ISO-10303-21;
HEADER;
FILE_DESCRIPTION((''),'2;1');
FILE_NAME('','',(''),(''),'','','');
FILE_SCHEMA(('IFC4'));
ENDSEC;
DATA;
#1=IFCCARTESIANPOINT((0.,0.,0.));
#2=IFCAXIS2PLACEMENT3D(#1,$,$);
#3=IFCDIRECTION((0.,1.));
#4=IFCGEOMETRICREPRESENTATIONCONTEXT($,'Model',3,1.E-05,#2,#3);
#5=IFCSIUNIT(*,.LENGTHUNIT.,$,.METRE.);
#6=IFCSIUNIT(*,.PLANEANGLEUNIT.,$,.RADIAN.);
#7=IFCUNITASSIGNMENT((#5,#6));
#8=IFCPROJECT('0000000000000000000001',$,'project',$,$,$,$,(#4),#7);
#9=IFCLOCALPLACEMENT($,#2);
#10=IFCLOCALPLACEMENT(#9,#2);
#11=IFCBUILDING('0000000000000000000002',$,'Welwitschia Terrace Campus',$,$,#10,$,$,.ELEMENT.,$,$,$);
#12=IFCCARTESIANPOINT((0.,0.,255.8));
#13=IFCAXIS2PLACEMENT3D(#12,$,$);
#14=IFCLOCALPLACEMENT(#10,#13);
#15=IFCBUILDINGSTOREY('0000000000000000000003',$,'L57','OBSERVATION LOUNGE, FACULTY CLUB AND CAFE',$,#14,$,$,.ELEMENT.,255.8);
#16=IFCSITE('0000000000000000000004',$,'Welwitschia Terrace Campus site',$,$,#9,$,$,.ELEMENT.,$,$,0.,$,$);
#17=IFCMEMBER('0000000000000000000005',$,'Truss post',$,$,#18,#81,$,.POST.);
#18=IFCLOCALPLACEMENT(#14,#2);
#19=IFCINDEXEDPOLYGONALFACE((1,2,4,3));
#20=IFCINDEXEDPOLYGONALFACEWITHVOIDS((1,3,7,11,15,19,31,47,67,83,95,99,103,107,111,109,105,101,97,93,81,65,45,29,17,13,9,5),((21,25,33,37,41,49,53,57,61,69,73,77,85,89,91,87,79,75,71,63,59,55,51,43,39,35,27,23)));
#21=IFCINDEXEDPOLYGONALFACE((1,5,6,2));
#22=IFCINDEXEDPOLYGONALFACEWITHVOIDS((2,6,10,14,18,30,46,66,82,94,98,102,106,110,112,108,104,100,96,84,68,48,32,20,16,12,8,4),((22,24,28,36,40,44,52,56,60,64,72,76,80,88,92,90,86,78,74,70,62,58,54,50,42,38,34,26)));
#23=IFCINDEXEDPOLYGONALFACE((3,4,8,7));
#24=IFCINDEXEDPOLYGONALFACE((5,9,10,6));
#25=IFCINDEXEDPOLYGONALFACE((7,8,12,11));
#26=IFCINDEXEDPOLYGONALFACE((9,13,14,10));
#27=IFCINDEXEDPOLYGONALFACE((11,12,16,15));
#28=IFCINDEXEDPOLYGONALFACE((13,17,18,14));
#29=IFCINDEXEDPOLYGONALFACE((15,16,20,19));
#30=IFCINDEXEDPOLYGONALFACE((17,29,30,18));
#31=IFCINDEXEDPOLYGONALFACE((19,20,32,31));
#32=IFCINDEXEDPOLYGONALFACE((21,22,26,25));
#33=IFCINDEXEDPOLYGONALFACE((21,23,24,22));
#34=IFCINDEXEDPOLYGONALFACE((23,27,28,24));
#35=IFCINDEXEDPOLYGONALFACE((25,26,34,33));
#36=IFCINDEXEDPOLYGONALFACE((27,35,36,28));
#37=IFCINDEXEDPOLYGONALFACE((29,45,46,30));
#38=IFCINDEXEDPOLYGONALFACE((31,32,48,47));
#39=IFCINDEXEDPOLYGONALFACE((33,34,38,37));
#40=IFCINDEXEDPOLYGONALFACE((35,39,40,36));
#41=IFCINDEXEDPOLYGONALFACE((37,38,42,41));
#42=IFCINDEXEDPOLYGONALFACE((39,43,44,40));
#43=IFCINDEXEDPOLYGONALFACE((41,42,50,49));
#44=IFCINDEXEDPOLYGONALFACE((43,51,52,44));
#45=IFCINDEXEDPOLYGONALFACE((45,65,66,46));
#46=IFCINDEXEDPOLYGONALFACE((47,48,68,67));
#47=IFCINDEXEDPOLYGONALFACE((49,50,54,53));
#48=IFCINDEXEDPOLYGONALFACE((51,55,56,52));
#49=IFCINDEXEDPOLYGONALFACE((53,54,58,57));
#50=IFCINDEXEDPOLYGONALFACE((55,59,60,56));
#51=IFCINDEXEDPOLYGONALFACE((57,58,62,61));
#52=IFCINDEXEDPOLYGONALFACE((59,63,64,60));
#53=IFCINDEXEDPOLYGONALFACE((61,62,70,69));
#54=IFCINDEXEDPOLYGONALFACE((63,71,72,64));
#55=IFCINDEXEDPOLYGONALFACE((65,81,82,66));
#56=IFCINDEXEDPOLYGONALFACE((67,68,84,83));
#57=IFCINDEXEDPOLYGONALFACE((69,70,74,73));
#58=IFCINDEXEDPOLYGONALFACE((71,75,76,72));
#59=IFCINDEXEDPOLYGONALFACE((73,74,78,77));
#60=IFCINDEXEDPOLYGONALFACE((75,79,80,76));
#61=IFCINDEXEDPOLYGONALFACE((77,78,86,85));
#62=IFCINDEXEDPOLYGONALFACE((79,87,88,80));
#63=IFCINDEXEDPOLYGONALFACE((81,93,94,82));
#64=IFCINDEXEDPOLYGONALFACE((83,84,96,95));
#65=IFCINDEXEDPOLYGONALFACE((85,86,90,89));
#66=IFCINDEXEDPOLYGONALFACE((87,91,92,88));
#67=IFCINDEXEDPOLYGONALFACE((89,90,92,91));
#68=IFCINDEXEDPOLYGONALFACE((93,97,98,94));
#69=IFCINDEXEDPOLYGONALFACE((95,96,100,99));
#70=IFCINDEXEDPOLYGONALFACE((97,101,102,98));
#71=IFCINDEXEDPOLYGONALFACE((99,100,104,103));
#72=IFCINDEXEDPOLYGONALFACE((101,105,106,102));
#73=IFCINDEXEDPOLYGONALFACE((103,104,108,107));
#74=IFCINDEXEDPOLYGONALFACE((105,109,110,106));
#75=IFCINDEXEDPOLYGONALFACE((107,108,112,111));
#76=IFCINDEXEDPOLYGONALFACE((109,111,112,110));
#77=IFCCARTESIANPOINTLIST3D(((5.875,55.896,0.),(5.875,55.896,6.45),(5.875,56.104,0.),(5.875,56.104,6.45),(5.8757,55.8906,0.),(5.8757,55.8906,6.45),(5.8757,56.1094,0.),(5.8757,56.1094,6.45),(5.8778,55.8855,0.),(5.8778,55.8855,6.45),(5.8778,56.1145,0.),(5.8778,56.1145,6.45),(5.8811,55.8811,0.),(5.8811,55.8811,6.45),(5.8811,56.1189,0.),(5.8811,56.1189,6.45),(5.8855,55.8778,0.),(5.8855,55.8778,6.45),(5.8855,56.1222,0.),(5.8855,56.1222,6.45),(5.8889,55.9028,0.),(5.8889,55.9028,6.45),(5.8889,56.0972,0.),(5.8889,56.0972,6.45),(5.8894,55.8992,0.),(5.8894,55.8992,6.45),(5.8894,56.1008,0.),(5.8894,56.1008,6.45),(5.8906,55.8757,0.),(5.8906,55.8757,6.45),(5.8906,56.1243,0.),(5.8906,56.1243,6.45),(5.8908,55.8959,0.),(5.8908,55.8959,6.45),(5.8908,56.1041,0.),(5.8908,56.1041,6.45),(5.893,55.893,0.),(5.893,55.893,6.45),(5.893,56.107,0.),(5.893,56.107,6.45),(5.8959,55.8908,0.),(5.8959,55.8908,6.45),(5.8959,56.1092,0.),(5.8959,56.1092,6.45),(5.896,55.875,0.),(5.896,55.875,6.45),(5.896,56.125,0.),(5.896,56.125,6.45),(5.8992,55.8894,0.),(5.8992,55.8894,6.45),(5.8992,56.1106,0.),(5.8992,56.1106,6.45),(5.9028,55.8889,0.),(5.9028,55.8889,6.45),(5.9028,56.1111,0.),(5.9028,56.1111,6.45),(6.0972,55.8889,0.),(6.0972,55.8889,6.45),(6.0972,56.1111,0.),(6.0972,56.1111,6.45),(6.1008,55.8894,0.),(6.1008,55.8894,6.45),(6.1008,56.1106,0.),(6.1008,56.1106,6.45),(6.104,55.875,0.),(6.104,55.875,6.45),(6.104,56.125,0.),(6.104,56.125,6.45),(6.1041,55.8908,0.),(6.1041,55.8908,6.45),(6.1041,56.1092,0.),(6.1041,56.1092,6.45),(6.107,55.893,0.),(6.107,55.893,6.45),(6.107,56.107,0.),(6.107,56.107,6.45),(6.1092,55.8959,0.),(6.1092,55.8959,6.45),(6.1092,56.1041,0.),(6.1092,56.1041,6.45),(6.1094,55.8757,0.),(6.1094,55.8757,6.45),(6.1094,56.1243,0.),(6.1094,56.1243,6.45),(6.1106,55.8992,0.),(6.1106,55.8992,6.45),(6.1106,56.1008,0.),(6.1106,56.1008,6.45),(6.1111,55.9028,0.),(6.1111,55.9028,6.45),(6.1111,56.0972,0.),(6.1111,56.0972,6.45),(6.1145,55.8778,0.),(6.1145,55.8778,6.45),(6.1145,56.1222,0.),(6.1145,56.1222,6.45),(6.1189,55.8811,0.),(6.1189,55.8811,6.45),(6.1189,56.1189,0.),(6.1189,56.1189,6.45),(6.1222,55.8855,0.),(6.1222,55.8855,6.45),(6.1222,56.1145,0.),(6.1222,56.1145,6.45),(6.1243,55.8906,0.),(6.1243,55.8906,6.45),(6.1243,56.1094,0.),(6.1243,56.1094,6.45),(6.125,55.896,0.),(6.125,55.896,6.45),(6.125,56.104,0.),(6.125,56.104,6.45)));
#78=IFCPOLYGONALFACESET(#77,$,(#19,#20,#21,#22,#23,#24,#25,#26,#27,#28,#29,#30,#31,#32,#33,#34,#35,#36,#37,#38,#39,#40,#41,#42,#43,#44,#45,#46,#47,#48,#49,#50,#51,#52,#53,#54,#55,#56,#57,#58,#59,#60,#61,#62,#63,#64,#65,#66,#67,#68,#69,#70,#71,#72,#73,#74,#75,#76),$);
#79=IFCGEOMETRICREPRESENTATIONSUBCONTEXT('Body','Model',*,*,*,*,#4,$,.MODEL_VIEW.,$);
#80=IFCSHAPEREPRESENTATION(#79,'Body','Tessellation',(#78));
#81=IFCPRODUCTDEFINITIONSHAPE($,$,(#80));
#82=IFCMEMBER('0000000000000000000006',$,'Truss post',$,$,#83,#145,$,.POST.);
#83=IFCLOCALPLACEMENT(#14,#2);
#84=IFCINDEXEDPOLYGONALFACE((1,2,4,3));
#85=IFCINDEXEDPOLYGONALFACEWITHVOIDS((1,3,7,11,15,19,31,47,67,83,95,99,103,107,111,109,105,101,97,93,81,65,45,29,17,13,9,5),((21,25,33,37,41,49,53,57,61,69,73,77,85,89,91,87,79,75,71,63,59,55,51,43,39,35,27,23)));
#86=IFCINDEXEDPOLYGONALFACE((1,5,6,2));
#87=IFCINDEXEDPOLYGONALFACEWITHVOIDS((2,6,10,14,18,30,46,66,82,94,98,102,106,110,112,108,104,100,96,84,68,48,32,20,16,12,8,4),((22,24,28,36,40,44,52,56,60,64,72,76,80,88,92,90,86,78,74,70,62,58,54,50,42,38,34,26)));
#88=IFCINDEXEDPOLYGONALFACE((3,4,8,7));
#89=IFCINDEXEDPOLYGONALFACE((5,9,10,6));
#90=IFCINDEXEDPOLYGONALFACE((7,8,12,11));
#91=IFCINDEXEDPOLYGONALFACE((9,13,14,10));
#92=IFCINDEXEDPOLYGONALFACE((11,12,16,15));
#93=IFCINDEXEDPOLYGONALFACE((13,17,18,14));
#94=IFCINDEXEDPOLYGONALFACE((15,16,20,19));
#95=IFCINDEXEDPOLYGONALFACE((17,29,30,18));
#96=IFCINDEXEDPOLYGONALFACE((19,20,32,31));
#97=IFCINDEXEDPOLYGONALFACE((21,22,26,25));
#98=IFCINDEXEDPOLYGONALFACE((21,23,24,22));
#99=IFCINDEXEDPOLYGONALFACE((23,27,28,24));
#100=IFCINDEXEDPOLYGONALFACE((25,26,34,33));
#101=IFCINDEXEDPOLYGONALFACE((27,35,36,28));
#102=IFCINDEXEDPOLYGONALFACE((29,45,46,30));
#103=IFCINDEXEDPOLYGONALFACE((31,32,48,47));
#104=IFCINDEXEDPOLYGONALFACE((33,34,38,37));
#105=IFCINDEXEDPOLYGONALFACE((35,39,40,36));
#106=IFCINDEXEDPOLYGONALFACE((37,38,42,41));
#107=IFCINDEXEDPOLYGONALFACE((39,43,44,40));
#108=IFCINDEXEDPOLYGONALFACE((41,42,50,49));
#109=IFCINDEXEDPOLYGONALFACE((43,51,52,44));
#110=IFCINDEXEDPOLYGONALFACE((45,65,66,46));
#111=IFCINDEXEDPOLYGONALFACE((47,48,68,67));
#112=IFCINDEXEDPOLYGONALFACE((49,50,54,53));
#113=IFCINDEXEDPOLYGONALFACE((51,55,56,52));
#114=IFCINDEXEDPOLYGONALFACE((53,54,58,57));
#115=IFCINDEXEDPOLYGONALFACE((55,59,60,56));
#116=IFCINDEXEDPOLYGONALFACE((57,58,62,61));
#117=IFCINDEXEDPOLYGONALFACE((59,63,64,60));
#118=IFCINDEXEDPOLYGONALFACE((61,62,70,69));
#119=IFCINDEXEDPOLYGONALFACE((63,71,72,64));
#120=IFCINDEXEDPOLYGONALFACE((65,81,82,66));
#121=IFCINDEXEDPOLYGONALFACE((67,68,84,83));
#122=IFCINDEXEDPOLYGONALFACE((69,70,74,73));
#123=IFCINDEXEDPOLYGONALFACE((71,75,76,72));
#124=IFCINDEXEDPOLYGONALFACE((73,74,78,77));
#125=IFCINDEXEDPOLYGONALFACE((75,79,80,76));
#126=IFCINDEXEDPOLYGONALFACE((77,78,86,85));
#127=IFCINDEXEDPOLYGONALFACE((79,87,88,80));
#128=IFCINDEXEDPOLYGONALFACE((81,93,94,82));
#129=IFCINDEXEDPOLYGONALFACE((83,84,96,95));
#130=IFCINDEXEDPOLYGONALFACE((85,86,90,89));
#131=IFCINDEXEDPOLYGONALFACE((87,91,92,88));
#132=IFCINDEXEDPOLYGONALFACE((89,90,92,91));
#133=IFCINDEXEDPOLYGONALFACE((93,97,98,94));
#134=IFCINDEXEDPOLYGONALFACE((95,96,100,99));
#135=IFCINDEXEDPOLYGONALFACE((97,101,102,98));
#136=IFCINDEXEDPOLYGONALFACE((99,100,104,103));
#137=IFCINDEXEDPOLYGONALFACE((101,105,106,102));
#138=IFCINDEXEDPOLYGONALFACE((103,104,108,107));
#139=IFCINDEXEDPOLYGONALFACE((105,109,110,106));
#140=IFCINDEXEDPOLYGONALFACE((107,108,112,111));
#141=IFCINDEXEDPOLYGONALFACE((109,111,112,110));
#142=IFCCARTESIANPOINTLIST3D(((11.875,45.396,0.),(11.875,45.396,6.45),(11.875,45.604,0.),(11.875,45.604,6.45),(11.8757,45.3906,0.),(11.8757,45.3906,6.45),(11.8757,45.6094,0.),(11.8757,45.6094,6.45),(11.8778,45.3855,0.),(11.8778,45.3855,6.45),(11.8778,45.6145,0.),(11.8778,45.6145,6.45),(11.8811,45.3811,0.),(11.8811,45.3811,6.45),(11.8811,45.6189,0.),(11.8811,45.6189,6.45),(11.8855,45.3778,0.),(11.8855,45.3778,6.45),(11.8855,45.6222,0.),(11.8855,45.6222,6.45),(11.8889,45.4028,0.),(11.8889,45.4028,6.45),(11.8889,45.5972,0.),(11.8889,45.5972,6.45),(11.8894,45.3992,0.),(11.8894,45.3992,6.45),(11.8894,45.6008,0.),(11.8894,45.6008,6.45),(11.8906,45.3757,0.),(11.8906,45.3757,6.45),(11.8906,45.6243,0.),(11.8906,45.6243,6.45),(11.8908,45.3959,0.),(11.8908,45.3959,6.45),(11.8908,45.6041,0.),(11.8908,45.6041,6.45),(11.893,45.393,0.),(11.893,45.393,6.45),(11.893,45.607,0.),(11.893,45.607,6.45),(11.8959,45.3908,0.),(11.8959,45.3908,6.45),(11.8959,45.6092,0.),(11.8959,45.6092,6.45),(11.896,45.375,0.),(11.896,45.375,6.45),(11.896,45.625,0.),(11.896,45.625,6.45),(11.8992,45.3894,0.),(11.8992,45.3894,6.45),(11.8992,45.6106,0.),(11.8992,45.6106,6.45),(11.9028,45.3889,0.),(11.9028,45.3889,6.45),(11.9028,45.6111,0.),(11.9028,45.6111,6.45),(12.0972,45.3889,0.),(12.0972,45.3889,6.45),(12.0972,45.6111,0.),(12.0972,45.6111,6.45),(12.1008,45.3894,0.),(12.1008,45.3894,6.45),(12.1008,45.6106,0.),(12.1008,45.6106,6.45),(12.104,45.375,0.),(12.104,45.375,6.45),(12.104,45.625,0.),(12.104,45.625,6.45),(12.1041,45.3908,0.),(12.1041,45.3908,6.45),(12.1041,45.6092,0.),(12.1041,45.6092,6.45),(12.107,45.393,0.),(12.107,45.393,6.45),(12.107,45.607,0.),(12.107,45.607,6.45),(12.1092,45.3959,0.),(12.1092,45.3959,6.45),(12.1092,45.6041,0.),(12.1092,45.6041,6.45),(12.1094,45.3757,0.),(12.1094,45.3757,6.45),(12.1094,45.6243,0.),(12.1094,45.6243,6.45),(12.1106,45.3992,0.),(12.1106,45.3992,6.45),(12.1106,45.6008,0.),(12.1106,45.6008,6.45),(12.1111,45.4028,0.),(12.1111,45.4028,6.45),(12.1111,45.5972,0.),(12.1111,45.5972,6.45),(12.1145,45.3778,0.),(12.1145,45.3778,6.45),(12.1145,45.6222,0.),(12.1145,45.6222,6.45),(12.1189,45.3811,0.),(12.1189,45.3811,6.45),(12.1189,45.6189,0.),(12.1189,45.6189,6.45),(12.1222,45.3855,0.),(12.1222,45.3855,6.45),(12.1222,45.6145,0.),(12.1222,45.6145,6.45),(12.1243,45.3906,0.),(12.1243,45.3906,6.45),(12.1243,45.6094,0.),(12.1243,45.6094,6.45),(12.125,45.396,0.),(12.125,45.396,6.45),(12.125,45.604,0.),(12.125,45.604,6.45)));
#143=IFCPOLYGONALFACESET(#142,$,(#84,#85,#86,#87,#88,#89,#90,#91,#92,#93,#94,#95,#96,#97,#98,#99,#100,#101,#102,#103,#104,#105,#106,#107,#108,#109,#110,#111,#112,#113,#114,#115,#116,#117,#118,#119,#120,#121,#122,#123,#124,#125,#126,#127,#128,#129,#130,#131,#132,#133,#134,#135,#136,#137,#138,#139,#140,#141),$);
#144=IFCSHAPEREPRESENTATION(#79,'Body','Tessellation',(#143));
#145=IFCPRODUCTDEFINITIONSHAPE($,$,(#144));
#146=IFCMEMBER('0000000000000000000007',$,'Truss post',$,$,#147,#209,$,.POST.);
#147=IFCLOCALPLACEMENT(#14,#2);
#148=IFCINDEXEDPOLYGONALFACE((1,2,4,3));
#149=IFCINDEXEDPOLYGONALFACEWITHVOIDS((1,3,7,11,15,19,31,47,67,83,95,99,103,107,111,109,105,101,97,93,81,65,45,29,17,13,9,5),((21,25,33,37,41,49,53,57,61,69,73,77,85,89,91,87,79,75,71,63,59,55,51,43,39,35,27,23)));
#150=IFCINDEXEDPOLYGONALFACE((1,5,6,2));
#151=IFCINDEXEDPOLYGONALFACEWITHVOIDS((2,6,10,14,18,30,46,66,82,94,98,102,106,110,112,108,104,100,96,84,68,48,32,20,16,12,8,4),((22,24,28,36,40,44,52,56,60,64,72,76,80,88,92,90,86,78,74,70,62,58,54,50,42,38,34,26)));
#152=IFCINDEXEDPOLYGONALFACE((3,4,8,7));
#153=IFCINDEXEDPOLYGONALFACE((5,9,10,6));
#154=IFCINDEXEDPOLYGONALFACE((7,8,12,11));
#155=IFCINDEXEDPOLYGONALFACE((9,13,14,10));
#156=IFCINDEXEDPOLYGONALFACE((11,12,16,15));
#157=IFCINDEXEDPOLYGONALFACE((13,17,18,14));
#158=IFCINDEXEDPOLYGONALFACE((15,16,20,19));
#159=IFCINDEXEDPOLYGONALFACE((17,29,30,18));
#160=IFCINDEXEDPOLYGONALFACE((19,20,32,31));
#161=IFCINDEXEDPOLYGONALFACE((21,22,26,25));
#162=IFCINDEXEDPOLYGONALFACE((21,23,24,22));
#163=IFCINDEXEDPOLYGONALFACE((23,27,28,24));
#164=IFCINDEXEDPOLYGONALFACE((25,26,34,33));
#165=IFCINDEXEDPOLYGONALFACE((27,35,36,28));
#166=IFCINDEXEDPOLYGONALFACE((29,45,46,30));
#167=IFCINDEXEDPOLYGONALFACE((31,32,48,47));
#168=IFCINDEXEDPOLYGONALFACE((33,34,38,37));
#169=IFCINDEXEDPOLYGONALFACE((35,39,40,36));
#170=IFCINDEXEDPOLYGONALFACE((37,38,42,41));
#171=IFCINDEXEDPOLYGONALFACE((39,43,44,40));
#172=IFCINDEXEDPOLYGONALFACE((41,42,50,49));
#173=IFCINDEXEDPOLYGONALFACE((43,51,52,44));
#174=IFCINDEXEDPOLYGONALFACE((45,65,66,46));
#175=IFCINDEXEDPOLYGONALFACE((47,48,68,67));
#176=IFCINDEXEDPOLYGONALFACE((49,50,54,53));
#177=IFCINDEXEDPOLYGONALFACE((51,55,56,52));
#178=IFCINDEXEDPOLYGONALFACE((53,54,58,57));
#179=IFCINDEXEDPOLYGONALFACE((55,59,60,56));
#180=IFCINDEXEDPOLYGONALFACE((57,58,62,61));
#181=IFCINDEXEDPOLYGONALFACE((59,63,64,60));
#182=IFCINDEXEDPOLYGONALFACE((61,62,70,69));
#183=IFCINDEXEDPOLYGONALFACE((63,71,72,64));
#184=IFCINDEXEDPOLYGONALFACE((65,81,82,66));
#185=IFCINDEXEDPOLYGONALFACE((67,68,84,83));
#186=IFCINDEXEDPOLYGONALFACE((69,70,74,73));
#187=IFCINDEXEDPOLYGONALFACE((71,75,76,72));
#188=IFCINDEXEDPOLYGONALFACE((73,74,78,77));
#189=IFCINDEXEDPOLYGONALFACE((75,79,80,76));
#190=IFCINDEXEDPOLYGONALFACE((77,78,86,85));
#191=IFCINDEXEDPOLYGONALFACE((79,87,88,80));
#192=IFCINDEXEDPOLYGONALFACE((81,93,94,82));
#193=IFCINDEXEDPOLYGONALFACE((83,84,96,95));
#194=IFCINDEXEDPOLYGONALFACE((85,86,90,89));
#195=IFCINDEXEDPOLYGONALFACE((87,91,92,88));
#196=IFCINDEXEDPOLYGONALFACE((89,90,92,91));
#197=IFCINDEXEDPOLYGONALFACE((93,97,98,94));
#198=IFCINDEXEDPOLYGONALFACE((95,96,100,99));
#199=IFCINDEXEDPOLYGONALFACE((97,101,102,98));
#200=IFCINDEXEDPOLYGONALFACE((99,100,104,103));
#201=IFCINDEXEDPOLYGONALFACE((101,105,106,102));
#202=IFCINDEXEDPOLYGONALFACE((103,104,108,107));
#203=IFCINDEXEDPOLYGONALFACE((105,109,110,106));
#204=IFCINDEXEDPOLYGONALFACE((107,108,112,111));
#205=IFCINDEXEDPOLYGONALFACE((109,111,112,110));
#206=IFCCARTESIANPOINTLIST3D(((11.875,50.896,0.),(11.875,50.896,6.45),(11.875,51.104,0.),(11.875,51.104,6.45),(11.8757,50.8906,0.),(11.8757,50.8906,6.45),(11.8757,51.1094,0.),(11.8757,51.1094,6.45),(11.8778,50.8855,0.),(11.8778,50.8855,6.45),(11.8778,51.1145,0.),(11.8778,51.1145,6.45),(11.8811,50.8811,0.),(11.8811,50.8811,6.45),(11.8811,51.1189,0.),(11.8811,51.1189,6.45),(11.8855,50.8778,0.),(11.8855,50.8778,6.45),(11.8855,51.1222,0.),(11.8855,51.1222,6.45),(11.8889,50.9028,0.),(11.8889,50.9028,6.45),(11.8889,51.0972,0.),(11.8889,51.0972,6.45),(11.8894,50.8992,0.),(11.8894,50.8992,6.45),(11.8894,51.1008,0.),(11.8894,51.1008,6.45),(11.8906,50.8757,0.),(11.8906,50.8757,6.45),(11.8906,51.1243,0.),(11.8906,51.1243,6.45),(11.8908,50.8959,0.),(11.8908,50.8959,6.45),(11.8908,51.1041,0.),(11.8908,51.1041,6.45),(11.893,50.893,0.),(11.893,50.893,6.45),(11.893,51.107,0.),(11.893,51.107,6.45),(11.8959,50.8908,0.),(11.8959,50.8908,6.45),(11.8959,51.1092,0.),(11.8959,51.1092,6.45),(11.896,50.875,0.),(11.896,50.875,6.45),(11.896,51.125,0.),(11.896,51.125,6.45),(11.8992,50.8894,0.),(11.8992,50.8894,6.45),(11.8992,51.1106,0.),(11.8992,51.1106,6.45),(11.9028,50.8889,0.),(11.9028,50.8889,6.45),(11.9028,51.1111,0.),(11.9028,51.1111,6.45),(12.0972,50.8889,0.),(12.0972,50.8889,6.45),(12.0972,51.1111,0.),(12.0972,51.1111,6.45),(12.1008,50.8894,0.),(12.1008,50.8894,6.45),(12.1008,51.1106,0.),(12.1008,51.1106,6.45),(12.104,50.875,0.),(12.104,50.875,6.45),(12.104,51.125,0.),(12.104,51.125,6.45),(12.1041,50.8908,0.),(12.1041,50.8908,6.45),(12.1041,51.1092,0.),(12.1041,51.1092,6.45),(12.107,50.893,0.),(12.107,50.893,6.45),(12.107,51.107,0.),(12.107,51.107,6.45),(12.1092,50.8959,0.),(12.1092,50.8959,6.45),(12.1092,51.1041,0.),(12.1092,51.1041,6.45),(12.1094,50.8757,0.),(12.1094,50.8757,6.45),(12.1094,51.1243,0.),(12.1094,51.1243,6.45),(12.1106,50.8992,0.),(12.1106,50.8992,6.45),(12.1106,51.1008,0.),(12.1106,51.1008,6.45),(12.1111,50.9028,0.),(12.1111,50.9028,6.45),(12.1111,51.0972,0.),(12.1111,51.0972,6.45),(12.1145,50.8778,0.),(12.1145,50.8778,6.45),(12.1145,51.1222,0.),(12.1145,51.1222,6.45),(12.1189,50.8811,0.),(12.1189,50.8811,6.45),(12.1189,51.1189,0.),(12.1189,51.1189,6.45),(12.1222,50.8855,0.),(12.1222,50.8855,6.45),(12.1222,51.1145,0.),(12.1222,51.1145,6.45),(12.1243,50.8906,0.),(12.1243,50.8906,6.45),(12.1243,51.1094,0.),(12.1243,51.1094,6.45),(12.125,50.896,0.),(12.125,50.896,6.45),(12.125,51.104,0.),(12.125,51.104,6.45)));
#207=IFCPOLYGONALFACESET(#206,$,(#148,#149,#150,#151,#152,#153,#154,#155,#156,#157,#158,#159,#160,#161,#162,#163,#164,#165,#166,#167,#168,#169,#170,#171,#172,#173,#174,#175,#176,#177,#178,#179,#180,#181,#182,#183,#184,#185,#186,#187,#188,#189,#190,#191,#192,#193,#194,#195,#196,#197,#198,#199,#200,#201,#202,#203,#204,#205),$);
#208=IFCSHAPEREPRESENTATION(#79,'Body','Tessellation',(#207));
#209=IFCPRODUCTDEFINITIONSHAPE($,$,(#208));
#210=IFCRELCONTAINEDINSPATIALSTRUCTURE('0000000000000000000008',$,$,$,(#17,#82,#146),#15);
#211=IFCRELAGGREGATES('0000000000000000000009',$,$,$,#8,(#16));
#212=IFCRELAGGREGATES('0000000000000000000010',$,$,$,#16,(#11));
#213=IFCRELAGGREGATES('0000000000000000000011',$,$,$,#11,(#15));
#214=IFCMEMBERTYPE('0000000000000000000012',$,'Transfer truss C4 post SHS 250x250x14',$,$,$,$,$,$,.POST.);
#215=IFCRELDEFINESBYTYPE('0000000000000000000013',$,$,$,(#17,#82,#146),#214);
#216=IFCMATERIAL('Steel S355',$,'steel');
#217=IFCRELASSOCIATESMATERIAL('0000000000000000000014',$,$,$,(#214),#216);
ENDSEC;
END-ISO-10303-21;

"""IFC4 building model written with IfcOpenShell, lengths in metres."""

from ifc_helpers import new_model, si_unit, direction, frame, origin, origin_2d, place, context, subcontext, project, spatial, hollow_rectangle, extrude, material, material_profile, profile_set, type_object, element, save


model = new_model("IFC4")

# Units and contexts
model_context = context("Model", 3, precision=1e-05, world=origin(), true_north=direction((0.0, 1.0)))
body_context = subcontext(model_context, "Body", "Model", "MODEL_VIEW")
ifc_project = project(units=[si_unit("LENGTHUNIT", "METRE"), si_unit("PLANEANGLEUNIT", "RADIAN")], contexts=[model_context])

# Site, building, storey
site_placement = place(None, origin())
site = spatial("IfcSite", under=ifc_project, at=site_placement, Name="Welwitschia Terrace Campus site", CompositionType="ELEMENT", RefElevation=0.0)
building_placement = place(site_placement, origin())
building = spatial("IfcBuilding", under=site, at=building_placement, Name="Welwitschia Terrace Campus", CompositionType="ELEMENT")
storey_placement = place(building_placement, frame((0.0, 0.0, 255.8)))
storey = spatial("IfcBuildingStorey", under=building, at=storey_placement, Name="L57", Description="OBSERVATION LOUNGE, FACULTY CLUB AND CAFE", CompositionType="ELEMENT", Elevation=255.8)

# Members
ifc_material_1 = material(Name="Steel S355", Category="steel")
ifc_material_profile_1 = material_profile(ifc_material_1, hollow_rectangle(XDim=0.25, YDim=0.25, WallThickness=0.0139, InnerFilletRadius=0.0139, OuterFilletRadius=0.021, at=origin_2d()))
ifc_profile_set_1 = profile_set([ifc_material_profile_1], Name="Steel S355")
member_type_1 = type_object("IfcMemberType", Name="Transfer truss C4 post SHS 250x250x14", PredefinedType="POST", material=ifc_profile_set_1)
for number, where, z_axis, x_axis, name in (
    (1, (6.0, 56.0, 0.0), (0.0, 0.0, 1.0), (1.0, 0.0, 0.0), "Truss post"),
    (2, (12.0, 45.5, 0.0), (0.0, 0.0, 1.0), (1.0, 0.0, 0.0), "Truss post"),
    (3, (12.0, 51.0, 0.0), (0.0, 0.0, 1.0), (1.0, 0.0, 0.0), "Truss post"),
):
    element("IfcMember", number, at=place(storey_placement, frame(where, z_axis=z_axis, x_axis=x_axis)), inside=storey, type_object=member_type_1, Name=name, PredefinedType="POST", context=body_context, shape_type="SweptSolid", body=[
        extrude(hollow_rectangle(XDim=0.25, YDim=0.25, WallThickness=0.0139, InnerFilletRadius=0.0139, OuterFilletRadius=0.021, at=origin_2d()), origin(), (0.0, 0.0, 1.0), 6.45),
    ])

save(model, "model.ifc")
